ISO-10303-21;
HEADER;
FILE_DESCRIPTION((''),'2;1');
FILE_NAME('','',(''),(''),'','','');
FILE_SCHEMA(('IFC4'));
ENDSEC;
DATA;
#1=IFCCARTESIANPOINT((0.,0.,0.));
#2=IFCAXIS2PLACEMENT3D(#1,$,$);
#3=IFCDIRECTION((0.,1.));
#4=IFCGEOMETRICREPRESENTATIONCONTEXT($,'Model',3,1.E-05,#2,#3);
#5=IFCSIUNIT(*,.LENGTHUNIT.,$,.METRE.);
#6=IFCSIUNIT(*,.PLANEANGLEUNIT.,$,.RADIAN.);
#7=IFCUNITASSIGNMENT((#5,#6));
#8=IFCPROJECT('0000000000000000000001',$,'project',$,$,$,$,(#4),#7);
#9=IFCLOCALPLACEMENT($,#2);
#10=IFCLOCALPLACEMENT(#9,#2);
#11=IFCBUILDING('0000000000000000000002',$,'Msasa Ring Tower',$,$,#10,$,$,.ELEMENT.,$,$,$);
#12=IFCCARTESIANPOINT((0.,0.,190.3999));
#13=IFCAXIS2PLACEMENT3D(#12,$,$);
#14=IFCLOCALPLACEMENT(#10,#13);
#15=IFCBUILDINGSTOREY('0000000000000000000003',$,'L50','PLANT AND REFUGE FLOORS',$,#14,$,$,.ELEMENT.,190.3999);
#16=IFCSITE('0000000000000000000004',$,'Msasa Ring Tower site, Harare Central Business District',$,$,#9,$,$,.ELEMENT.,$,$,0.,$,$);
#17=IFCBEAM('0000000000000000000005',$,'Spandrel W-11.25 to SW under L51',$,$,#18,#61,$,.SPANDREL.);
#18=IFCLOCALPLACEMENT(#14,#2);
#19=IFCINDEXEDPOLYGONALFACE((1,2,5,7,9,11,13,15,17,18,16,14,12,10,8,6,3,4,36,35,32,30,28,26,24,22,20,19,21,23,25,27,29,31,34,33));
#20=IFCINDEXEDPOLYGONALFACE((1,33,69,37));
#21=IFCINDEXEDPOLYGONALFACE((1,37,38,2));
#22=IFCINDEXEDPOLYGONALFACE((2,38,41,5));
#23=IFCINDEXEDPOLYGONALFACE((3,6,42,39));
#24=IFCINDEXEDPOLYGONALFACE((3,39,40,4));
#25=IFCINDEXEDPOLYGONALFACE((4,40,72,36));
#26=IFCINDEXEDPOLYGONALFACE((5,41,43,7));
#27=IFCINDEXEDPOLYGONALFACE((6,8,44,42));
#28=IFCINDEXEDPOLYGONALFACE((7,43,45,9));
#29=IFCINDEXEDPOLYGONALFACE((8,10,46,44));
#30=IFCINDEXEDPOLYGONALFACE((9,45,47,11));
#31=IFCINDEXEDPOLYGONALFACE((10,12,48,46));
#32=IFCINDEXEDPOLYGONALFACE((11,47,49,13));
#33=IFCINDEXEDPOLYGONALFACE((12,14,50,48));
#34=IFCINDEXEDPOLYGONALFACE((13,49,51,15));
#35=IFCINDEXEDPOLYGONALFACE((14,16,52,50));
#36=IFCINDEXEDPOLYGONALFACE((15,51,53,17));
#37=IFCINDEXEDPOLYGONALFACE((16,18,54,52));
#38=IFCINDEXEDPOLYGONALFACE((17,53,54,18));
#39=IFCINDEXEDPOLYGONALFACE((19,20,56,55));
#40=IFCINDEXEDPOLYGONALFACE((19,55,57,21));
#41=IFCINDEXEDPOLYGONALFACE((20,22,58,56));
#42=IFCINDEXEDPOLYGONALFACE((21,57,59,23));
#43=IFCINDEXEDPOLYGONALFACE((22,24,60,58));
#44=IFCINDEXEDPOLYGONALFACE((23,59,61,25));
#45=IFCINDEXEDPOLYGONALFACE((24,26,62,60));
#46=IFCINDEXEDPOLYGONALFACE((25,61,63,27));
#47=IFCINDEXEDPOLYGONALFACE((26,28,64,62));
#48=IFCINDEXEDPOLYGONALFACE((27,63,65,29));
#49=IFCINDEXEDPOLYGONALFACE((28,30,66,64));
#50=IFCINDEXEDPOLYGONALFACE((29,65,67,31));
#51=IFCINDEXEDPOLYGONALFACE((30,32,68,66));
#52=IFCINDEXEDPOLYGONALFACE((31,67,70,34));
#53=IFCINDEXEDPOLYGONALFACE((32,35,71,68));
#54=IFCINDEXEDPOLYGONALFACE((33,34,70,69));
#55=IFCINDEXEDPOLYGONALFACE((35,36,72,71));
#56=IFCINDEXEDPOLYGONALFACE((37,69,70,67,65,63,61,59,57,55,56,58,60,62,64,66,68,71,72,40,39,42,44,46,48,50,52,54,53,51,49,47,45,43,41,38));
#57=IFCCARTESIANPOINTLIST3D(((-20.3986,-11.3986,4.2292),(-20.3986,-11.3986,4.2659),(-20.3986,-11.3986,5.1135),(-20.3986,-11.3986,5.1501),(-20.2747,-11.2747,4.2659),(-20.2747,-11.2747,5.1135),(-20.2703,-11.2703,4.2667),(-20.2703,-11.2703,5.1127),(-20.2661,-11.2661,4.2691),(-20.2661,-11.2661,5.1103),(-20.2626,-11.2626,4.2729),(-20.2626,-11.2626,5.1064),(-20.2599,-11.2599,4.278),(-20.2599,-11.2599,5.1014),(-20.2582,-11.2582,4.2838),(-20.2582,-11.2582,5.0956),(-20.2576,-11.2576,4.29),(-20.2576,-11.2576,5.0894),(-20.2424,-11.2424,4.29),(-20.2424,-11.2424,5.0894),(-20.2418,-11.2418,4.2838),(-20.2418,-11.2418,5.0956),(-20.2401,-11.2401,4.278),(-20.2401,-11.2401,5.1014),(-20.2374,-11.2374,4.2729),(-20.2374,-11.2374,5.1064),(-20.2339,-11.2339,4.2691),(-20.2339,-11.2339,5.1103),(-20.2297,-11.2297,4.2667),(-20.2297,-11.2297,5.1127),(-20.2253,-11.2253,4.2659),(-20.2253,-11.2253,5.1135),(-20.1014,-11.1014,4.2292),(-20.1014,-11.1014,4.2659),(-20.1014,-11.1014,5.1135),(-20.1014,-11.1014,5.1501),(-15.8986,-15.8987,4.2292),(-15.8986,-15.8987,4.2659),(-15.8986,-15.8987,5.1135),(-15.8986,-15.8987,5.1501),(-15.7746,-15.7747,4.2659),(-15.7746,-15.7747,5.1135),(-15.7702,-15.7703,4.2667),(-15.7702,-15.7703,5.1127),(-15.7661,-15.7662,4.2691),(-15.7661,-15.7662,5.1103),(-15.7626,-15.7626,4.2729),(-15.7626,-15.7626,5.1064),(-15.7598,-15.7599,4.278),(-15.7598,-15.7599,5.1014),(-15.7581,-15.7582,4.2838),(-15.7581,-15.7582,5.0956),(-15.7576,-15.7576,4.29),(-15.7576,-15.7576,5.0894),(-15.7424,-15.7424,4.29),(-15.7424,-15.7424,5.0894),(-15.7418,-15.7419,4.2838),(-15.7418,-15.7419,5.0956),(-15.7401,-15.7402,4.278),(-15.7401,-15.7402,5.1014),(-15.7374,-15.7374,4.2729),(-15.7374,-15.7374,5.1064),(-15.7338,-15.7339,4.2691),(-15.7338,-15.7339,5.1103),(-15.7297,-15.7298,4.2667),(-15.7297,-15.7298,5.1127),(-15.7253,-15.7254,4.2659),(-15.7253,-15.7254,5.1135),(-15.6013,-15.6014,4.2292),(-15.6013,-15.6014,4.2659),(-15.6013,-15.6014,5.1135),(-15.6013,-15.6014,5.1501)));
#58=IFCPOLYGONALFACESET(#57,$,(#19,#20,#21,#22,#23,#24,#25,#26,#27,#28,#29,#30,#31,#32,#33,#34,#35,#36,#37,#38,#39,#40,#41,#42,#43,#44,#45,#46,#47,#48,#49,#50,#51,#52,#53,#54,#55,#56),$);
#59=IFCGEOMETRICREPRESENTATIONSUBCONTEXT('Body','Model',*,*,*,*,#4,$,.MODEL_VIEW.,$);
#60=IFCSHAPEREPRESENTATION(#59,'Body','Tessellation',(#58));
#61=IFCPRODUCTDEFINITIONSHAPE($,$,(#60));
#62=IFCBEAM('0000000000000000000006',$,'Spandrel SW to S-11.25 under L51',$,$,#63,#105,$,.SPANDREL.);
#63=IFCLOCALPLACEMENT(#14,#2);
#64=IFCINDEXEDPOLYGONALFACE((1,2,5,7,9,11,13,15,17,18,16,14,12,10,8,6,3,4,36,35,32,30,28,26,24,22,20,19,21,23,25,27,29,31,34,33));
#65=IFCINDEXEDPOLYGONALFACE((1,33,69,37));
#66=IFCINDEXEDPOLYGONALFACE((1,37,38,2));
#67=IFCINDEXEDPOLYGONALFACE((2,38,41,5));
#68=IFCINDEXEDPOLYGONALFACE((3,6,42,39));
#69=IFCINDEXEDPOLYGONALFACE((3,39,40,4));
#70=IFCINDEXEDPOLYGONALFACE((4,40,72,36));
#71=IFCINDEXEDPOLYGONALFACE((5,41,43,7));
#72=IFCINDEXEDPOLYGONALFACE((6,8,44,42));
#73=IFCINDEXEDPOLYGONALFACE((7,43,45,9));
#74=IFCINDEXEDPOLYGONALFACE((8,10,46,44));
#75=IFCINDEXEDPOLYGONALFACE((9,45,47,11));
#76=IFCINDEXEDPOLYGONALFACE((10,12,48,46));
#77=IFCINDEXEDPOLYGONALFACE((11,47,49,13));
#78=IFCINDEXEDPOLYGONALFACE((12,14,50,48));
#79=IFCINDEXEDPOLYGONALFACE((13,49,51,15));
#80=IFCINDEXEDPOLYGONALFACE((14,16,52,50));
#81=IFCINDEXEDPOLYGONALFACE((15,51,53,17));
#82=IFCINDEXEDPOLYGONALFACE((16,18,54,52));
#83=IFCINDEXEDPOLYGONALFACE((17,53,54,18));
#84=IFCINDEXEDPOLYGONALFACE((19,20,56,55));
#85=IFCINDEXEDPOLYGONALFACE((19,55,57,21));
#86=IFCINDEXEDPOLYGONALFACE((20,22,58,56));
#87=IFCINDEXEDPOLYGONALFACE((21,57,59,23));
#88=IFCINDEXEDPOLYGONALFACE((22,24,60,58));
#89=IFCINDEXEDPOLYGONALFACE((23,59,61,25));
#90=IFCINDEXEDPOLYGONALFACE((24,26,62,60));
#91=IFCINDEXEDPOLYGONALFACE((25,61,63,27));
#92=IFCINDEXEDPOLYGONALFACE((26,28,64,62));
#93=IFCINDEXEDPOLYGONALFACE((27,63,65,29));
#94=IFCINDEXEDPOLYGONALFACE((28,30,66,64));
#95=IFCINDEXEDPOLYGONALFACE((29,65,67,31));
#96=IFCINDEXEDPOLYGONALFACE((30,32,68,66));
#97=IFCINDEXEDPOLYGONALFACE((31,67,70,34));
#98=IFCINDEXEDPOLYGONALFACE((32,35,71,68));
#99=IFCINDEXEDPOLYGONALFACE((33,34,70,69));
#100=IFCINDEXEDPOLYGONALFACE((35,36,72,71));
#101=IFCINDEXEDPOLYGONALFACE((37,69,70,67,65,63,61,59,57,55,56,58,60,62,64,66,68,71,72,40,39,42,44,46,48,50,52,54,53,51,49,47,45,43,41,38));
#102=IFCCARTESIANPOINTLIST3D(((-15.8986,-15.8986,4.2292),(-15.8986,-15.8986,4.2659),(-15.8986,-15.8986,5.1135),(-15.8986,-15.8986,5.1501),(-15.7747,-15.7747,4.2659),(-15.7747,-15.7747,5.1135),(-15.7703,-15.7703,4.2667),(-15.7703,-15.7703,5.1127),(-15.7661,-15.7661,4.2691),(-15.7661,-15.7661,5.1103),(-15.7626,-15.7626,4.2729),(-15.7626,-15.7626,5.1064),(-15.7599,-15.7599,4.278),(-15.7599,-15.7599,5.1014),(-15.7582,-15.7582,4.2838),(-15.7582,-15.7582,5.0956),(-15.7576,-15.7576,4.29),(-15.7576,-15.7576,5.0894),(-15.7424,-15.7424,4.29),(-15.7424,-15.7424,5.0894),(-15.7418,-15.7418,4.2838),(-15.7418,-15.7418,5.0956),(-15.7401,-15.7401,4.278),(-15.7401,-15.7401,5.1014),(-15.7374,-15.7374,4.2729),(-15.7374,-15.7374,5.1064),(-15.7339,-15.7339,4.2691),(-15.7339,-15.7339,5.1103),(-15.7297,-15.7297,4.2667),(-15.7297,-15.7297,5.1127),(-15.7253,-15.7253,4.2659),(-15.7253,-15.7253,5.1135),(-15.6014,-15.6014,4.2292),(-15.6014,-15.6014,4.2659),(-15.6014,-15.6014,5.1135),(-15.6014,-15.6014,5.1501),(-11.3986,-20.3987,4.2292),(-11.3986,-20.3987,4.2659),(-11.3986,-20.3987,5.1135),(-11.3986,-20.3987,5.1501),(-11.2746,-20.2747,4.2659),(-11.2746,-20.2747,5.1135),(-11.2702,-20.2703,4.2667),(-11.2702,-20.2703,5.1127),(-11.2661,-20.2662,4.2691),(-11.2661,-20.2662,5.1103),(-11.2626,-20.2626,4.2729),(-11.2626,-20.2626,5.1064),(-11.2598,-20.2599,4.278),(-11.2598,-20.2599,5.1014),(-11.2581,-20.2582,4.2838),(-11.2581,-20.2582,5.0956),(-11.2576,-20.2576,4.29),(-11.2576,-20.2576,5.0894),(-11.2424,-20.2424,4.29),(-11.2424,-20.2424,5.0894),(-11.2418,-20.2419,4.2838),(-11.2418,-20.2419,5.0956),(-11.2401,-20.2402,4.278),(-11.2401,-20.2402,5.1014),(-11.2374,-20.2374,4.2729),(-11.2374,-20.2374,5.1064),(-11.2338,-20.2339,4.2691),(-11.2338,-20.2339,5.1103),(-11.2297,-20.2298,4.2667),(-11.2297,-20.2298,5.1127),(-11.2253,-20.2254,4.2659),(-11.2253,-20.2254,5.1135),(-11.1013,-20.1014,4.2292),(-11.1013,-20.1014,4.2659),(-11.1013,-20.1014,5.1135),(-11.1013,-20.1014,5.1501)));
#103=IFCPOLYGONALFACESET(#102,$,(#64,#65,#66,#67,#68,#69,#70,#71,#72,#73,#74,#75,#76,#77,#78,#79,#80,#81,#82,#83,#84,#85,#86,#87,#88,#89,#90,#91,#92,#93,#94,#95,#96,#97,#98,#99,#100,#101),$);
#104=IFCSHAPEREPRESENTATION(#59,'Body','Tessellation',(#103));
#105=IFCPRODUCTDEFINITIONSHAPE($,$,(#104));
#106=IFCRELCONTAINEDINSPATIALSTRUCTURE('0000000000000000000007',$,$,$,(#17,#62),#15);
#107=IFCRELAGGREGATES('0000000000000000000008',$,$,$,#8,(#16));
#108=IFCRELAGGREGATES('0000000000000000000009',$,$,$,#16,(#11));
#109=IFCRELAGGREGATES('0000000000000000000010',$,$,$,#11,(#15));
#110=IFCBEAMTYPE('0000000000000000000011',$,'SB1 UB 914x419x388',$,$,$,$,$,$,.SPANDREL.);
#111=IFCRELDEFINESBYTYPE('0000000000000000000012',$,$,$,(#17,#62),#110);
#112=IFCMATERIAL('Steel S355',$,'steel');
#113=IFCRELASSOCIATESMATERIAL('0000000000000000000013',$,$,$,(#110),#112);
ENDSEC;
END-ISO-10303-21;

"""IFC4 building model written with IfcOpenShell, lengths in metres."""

from ifc_helpers import new_model, si_unit, direction, frame, origin, origin_2d, place, context, subcontext, project, spatial, i_section, extrude, material, material_profile, profile_set, type_object, element, save


model = new_model("IFC4")

# Units and contexts
model_context = context("Model", 3, precision=1e-05, world=origin(), true_north=direction((0.0, 1.0)))
body_context = subcontext(model_context, "Body", "Model", "MODEL_VIEW")
ifc_project = project(units=[si_unit("LENGTHUNIT", "METRE"), si_unit("PLANEANGLEUNIT", "RADIAN")], contexts=[model_context])

# Site, building, storey
site_placement = place(None, origin())
site = spatial("IfcSite", under=ifc_project, at=site_placement, Name="Msasa Ring Tower site, Harare Central Business District", CompositionType="ELEMENT", RefElevation=0.0)
building_placement = place(site_placement, origin())
building = spatial("IfcBuilding", under=site, at=building_placement, Name="Msasa Ring Tower", CompositionType="ELEMENT")
storey_placement = place(building_placement, frame((0.0, 0.0, 190.3999)))
storey = spatial("IfcBuildingStorey", under=building, at=storey_placement, Name="L50", Description="PLANT AND REFUGE FLOORS", CompositionType="ELEMENT", Elevation=190.3999)

# Beams
ifc_material_1 = material(Name="Steel S355", Category="steel")
ifc_material_profile_1 = material_profile(ifc_material_1, i_section(OverallWidth=0.4204, OverallDepth=0.9209, WebThickness=0.0215, FlangeThickness=0.0366, FilletRadius=0.0242, at=origin_2d()), Name="UB 914x419x388")
ifc_profile_set_1 = profile_set([ifc_material_profile_1], Name="Steel S355")
beam_type = type_object("IfcBeamType", Name="SB1 UB 914x419x388", PredefinedType="SPANDREL", material=ifc_profile_set_1)
for number, where, z_axis, x_axis, name in (
    (1, (-20.25, -11.25, 4.6897), (0.707107, -0.707107, 0.0), (0.707107, 0.707107, 0.0), "Spandrel W-11.25 to SW under L51"),
    (2, (-15.75, -15.75, 4.6897), (0.707107, -0.707107, 0.0), (0.707107, 0.707107, 0.0), "Spandrel SW to S-11.25 under L51"),
):
    element("IfcBeam", number, at=place(storey_placement, frame(where, z_axis=z_axis, x_axis=x_axis)), inside=storey, type_object=beam_type, Name=name, PredefinedType="SPANDREL", context=body_context, shape_type="SweptSolid", body=[
        extrude(i_section(OverallWidth=0.4204, OverallDepth=0.9209, WebThickness=0.0215, FlangeThickness=0.0366, FilletRadius=0.0242, at=origin_2d()), origin(), (0.0, 0.0, 1.0), 6.364),
    ])

save(model, "model.ifc")
